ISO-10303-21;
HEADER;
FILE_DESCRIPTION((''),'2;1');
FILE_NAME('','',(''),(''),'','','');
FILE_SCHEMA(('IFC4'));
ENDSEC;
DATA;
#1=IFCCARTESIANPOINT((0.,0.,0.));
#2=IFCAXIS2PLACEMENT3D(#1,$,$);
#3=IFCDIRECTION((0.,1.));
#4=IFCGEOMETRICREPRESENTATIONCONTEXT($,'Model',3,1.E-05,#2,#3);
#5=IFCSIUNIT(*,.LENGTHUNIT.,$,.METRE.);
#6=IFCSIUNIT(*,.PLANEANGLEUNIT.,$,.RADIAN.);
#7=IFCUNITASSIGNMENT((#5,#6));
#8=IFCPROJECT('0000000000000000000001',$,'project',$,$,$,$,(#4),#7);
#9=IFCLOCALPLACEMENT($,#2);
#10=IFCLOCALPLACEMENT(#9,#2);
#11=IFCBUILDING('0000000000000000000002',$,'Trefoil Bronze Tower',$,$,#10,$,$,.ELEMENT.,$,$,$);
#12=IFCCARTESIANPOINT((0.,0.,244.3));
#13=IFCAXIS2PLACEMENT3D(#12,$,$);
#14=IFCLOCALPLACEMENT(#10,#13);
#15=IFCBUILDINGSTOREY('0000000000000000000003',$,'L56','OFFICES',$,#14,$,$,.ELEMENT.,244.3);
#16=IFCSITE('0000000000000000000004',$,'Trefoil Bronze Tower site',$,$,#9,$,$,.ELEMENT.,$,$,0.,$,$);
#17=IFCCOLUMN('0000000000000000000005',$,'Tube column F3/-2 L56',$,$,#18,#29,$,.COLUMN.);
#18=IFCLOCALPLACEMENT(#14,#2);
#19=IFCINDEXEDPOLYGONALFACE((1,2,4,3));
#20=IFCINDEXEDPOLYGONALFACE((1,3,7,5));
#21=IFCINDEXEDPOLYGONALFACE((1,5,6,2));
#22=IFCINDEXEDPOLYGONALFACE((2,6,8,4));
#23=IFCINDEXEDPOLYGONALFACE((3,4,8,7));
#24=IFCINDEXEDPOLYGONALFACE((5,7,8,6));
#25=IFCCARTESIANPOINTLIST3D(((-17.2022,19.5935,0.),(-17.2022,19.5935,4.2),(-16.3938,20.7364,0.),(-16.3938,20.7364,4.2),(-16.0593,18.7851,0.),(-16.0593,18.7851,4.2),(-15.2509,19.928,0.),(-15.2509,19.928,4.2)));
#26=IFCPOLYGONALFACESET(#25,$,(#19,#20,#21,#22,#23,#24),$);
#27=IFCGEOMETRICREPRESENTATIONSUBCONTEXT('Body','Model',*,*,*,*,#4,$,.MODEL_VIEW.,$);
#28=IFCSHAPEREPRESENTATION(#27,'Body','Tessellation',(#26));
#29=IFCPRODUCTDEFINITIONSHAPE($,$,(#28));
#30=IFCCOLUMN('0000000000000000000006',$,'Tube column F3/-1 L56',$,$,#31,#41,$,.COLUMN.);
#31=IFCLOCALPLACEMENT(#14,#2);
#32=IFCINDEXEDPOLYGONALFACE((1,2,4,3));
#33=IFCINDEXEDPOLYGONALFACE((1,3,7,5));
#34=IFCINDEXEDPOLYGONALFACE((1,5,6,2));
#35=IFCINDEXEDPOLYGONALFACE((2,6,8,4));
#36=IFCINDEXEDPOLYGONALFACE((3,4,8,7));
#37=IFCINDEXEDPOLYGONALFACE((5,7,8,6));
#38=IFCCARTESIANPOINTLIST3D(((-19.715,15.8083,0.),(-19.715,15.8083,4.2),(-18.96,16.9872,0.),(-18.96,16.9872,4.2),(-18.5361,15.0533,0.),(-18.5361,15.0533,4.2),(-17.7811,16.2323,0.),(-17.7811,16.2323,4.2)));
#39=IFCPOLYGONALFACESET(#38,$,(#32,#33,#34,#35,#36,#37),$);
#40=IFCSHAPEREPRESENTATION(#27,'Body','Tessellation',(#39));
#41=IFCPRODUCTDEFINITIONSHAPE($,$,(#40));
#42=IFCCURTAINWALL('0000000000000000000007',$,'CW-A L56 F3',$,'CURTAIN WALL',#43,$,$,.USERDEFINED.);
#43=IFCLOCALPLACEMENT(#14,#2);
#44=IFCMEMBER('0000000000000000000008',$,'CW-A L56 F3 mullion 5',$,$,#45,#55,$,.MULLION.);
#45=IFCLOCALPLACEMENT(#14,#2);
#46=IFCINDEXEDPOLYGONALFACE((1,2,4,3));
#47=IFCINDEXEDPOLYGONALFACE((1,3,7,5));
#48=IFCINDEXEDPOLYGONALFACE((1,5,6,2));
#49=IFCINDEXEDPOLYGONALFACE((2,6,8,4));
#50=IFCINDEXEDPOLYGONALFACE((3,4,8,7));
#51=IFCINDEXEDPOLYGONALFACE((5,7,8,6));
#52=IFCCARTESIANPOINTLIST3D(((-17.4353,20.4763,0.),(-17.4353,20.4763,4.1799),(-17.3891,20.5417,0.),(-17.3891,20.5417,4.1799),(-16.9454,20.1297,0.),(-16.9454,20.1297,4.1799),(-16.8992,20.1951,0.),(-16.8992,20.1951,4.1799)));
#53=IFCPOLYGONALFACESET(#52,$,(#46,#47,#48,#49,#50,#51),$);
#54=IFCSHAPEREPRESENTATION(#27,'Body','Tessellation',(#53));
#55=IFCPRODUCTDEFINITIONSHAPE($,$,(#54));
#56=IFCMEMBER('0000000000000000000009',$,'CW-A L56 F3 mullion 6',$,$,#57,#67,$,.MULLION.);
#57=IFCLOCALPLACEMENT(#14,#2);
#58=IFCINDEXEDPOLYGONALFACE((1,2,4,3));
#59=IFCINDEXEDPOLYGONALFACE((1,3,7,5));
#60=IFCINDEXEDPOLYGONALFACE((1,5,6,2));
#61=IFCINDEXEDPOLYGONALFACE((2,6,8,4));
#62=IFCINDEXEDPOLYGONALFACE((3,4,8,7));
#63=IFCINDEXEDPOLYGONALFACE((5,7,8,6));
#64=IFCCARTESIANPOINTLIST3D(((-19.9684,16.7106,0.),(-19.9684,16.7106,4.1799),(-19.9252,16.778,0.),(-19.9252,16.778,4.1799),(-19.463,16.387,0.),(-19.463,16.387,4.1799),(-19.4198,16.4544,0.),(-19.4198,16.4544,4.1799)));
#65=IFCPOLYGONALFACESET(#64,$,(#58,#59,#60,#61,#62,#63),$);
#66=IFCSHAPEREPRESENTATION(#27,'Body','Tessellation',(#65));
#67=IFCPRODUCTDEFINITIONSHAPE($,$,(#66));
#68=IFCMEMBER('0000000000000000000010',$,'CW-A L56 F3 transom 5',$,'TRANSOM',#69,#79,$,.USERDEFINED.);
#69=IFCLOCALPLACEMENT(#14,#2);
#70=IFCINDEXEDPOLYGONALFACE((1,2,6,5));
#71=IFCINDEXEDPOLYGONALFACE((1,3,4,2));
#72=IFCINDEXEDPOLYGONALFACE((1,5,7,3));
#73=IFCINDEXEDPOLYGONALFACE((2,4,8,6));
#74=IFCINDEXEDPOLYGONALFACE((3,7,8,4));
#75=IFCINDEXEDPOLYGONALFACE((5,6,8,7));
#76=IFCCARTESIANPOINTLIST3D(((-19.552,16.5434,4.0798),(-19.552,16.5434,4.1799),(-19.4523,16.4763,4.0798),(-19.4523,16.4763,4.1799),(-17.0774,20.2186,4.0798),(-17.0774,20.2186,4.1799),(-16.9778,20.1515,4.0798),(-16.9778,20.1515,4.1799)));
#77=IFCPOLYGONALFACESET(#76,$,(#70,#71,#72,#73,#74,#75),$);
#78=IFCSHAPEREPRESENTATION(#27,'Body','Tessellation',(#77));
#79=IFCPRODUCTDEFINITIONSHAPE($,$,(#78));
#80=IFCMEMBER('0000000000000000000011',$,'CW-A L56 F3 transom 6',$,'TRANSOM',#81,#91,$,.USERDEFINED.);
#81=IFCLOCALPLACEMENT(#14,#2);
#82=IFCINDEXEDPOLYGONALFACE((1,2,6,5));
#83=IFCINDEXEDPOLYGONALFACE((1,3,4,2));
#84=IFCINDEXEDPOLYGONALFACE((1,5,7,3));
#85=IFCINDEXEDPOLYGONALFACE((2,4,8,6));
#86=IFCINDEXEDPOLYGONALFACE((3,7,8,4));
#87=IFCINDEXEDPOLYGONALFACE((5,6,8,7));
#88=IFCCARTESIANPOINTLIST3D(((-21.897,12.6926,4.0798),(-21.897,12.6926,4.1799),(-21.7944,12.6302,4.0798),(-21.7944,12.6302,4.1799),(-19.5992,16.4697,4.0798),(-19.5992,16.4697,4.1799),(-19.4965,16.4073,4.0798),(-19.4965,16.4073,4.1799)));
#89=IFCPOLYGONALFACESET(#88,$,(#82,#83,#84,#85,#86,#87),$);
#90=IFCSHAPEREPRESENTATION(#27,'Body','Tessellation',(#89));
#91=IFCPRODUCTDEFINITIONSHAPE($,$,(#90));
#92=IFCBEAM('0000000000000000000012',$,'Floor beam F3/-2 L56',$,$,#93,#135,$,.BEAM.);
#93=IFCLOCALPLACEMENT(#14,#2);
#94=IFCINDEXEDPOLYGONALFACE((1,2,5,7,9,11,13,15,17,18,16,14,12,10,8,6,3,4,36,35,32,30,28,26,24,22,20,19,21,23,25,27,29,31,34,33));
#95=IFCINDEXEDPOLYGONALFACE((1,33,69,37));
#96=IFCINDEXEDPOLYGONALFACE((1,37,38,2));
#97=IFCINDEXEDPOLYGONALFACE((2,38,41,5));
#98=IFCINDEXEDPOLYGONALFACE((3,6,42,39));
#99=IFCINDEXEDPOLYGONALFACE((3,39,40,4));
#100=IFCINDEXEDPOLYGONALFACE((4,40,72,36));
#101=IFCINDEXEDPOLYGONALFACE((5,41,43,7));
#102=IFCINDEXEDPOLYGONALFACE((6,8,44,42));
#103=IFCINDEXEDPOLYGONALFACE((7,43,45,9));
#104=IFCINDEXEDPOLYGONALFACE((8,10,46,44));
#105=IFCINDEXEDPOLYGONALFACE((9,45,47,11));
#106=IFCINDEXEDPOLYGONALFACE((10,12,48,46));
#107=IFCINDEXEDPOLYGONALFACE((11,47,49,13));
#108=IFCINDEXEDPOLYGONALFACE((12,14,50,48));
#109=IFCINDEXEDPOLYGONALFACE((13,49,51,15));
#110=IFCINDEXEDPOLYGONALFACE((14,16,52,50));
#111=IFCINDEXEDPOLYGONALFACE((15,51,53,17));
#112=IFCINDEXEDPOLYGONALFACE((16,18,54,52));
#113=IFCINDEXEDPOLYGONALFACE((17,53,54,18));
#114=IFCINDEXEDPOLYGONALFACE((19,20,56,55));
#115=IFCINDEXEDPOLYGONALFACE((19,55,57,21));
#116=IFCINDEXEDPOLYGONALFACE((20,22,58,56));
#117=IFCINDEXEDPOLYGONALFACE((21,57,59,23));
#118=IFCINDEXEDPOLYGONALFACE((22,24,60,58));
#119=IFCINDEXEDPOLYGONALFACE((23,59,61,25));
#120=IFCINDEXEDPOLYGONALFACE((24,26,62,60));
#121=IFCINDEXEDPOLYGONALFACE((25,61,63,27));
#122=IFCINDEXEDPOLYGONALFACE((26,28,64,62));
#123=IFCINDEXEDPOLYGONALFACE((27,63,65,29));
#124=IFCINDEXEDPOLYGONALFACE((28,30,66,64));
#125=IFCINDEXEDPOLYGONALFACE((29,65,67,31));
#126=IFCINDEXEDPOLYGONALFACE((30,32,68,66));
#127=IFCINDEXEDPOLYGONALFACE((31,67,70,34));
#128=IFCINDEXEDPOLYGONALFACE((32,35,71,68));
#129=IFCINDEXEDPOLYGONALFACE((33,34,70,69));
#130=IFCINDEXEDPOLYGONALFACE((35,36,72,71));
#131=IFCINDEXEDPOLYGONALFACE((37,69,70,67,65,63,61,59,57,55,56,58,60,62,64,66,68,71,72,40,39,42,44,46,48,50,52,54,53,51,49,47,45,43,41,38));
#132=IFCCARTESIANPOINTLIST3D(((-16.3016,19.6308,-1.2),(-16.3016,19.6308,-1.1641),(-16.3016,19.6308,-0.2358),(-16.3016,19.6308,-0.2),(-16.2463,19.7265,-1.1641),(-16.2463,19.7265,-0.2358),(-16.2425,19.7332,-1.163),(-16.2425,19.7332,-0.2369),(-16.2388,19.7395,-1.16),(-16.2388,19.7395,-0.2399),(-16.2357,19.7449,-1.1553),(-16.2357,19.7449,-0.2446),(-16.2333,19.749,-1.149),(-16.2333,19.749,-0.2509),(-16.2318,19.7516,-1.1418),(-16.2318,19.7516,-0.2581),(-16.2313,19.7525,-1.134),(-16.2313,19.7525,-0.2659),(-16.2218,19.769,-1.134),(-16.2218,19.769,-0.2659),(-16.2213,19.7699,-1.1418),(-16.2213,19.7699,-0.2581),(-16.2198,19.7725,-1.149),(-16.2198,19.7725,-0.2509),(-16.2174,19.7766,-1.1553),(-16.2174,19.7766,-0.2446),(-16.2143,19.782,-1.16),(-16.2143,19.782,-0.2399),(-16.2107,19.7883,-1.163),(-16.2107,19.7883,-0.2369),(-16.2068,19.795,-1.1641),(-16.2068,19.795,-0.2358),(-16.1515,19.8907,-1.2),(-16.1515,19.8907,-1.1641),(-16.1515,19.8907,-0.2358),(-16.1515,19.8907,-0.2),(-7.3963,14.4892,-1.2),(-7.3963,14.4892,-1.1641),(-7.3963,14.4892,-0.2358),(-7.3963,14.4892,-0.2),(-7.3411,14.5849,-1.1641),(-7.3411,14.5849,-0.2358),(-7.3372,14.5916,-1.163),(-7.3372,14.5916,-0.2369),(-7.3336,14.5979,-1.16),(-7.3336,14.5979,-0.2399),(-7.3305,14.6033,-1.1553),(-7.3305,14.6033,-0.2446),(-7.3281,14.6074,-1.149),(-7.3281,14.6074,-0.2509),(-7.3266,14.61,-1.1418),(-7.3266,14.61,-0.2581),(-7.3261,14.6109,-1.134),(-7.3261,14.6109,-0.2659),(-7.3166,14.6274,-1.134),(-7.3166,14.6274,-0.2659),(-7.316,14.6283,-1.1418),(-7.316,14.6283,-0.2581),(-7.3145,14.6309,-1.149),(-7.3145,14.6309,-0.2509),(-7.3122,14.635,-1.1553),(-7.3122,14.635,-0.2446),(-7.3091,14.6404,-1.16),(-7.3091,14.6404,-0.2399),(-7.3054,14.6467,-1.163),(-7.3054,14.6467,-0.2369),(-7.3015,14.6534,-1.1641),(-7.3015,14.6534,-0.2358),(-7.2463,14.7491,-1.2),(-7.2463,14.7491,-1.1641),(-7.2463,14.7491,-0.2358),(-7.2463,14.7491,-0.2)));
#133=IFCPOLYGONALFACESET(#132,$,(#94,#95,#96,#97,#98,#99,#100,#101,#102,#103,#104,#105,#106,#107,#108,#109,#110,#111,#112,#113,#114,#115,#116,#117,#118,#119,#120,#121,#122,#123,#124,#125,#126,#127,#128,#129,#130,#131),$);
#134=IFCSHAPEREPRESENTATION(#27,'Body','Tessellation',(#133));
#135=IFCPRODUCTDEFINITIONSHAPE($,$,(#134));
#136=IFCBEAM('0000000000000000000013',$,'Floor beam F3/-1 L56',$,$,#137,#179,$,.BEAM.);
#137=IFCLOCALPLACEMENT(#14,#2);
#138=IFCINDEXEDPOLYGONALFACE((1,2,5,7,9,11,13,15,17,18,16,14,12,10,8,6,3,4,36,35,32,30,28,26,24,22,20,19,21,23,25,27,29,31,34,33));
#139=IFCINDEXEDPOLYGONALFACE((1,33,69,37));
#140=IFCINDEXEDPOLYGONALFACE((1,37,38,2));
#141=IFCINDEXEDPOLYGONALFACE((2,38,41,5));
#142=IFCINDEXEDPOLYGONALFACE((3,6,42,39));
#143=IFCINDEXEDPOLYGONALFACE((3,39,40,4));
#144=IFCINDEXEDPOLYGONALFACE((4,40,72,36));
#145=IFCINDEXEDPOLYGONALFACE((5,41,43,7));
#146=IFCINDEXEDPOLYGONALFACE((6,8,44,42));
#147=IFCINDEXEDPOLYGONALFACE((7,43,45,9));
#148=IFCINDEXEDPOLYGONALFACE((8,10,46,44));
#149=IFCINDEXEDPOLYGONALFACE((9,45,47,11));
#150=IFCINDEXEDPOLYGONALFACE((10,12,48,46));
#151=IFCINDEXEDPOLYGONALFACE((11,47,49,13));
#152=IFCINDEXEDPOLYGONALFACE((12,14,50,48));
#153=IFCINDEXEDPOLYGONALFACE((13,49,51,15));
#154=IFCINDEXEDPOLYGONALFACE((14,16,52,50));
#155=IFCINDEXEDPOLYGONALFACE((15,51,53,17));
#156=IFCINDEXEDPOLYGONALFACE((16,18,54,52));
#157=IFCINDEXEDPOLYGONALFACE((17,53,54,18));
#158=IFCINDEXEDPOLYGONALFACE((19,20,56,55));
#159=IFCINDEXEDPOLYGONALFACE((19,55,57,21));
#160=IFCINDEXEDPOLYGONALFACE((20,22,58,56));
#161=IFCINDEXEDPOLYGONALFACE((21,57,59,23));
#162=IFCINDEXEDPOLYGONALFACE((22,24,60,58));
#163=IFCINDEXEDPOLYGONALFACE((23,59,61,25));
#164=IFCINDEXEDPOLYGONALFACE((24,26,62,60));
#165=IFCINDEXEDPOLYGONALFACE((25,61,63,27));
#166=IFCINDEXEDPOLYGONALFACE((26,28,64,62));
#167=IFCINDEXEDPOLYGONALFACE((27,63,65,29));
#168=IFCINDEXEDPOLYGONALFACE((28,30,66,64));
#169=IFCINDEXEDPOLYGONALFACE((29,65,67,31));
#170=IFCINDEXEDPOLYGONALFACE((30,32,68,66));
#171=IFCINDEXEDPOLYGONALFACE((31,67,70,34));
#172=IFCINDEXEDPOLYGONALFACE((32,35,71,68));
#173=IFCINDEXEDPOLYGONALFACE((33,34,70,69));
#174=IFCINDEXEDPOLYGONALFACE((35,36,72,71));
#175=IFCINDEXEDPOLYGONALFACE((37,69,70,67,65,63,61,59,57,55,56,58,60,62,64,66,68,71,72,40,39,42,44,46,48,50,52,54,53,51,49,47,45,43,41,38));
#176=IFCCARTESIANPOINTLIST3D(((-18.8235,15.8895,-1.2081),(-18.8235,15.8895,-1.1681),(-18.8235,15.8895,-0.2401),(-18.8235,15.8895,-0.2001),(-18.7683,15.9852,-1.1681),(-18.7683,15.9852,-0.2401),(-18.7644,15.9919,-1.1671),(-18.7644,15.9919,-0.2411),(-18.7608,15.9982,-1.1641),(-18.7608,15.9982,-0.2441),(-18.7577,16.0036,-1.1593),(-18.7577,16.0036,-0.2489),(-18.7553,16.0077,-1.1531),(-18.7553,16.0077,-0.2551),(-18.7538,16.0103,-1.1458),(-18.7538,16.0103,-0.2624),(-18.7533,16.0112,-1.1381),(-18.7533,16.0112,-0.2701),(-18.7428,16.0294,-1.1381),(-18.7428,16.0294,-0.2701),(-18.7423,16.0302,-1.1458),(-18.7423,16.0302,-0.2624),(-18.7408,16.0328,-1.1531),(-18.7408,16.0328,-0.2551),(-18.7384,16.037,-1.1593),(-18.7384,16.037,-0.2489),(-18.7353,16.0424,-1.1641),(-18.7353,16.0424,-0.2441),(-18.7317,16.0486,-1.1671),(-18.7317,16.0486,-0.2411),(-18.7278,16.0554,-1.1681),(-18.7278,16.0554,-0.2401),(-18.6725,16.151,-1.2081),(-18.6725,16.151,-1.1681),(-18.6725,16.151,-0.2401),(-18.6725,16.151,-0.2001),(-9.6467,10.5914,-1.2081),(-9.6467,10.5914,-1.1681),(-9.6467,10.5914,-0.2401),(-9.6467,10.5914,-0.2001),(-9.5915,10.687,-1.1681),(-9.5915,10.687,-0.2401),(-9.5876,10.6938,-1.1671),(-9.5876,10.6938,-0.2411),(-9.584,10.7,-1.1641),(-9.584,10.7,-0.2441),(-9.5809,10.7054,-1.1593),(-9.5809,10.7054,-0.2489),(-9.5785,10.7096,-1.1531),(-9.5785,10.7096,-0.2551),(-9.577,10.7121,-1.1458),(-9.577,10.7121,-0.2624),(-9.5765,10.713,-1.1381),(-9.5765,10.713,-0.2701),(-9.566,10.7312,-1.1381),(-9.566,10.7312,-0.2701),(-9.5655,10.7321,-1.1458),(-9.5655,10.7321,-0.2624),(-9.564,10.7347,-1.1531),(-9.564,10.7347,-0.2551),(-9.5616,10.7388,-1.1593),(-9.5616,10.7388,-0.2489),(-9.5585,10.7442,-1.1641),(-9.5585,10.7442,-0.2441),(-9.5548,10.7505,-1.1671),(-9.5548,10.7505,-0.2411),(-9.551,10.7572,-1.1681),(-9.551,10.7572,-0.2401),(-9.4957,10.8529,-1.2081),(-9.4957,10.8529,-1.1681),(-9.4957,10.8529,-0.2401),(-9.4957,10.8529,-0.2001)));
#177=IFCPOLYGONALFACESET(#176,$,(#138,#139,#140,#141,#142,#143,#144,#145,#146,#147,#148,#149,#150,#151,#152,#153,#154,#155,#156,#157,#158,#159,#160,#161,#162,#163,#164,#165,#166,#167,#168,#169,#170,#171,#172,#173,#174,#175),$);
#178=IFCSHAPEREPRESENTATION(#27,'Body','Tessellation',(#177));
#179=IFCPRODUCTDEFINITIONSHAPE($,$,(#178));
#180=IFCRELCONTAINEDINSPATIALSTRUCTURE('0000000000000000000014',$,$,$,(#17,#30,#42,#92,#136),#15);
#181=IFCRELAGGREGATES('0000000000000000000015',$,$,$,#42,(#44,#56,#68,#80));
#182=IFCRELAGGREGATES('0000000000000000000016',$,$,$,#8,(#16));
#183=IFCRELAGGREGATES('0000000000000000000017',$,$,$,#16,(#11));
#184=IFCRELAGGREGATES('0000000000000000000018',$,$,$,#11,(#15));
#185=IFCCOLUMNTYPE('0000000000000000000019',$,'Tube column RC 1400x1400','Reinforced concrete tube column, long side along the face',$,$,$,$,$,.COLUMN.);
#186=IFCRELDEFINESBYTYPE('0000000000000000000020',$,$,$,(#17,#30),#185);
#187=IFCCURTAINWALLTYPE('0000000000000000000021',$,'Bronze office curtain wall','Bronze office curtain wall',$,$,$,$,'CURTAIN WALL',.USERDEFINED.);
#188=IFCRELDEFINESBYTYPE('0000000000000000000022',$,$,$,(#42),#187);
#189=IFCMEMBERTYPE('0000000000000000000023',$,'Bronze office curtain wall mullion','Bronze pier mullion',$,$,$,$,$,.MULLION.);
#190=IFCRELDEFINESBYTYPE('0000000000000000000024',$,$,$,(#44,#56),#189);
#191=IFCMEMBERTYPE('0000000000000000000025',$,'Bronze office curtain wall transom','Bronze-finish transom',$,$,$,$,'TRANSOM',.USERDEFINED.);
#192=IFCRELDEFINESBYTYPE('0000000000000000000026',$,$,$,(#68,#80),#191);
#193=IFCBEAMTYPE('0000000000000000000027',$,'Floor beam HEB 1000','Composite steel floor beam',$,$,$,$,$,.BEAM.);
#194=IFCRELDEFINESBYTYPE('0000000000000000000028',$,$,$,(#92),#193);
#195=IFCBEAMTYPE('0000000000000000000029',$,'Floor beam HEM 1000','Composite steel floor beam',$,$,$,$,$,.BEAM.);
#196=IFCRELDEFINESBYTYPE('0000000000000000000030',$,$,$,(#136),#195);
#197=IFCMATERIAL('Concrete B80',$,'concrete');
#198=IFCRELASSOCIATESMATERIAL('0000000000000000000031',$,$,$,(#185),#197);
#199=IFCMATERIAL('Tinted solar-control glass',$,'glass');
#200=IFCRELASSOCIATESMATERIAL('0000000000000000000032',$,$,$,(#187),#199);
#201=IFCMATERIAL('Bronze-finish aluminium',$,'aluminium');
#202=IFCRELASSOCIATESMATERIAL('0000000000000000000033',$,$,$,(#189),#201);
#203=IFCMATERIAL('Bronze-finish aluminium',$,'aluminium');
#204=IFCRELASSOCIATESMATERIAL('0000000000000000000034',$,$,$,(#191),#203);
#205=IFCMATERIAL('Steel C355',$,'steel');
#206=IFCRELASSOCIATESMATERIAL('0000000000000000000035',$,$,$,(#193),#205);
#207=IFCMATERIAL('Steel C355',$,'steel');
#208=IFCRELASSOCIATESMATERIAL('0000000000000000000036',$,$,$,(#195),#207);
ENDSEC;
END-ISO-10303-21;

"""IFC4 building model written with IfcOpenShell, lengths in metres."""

from ifc_helpers import new_model, si_unit, direction, frame, origin, origin_2d, place, context, subcontext, project, spatial, rectangle, i_section, extrude, material, material_profile, profile_set, type_object, element, aggregate, save


model = new_model("IFC4")

# Units and contexts
model_context = context("Model", 3, precision=1e-05, world=origin(), true_north=direction((0.0, 1.0)))
body_context = subcontext(model_context, "Body", "Model", "MODEL_VIEW")
ifc_project = project(units=[si_unit("LENGTHUNIT", "METRE"), si_unit("PLANEANGLEUNIT", "RADIAN")], contexts=[model_context])

# Site, building, storey
site_placement = place(None, origin())
site = spatial("IfcSite", under=ifc_project, at=site_placement, Name="Trefoil Bronze Tower site", CompositionType="ELEMENT", RefElevation=0.0)
building_placement = place(site_placement, origin())
building = spatial("IfcBuilding", under=site, at=building_placement, Name="Trefoil Bronze Tower", CompositionType="ELEMENT")
storey_placement = place(building_placement, frame((0.0, 0.0, 244.3)))
storey = spatial("IfcBuildingStorey", under=building, at=storey_placement, Name="L56", Description="OFFICES", CompositionType="ELEMENT", Elevation=244.3)

# Columns
ifc_material_1 = material(Name="Concrete B80", Category="concrete")
ifc_material_profile_1 = material_profile(ifc_material_1, rectangle(XDim=1.3999, YDim=1.3999, at=origin_2d()), Name="RC 1400x1400")
ifc_profile_set_1 = profile_set([ifc_material_profile_1], Name="Concrete B80")
column_type = type_object("IfcColumnType", Name="Tube column RC 1400x1400", Description="Reinforced concrete tube column, long side along the face", PredefinedType="COLUMN", material=ifc_profile_set_1)
for number, where, z_axis, x_axis, name in (
    (1, (-16.2266, 19.7607, 0.0), (0.0, 0.0, 1.0), (-0.577481, -0.816404, 0.0), "Tube column F3/-2 L56"),
    (2, (-18.748, 16.0203, 0.0), (0.0, 0.0, 1.0), (-0.53927, -0.842133, 0.0), "Tube column F3/-1 L56"),
):
    element("IfcColumn", number, at=place(storey_placement, frame(where, z_axis=z_axis, x_axis=x_axis)), inside=storey, type_object=column_type, Name=name, PredefinedType="COLUMN", context=body_context, shape_type="SweptSolid", body=[
        extrude(rectangle(XDim=1.3999, YDim=1.3999, at=origin_2d()), origin(), (0.0, 0.0, 1.0), 4.2),
    ])

# Curtain wall, members
ifc_material_2 = material(Name="Tinted solar-control glass", Category="glass")
curtain_wall_type = type_object("IfcCurtainWallType", Name="Bronze office curtain wall", Description="Bronze office curtain wall", ElementType="CURTAIN WALL", PredefinedType="USERDEFINED", material=ifc_material_2)
curtain_wall_placement = place(storey_placement, origin())
curtain_wall = element("IfcCurtainWall", 3, at=curtain_wall_placement, inside=storey, type_object=curtain_wall_type, Name="CW-A L56 F3", ObjectType="CURTAIN WALL", PredefinedType="USERDEFINED")
ifc_material_3 = material(Name="Bronze-finish aluminium", Category="aluminium")
ifc_material_profile_2 = material_profile(ifc_material_3, rectangle(XDim=0.6001, YDim=0.0801, at=origin_2d()), Name="CW-A mullion")
ifc_profile_set_2 = profile_set([ifc_material_profile_2], Name="Bronze-finish aluminium")
member_type_1 = type_object("IfcMemberType", Name="Bronze office curtain wall mullion", Description="Bronze pier mullion", PredefinedType="MULLION", material=ifc_profile_set_2)
member_1_placement = place(storey_placement, frame((-17.1672, 20.3357, 0.0), z_axis=(0.0, 0.0, 1.0), x_axis=(0.816404, -0.577481, 0.0)))
member_1 = element("IfcMember", 4, at=member_1_placement, type_object=member_type_1, Name="CW-A L56 F3 mullion 5", PredefinedType="MULLION", context=body_context, shape_type="SweptSolid", body=[
    extrude(rectangle(XDim=0.6001, YDim=0.0801, at=origin_2d()), origin(), (0.0, 0.0, 1.0), 4.1799),
])
member_2_placement = place(storey_placement, frame((-19.6941, 16.5825, 0.0), z_axis=(0.0, 0.0, 1.0), x_axis=(0.842133, -0.53927, 0.0)))
member_2 = element("IfcMember", 5, at=member_2_placement, type_object=member_type_1, Name="CW-A L56 F3 mullion 6", PredefinedType="MULLION", context=body_context, shape_type="SweptSolid", body=[
    extrude(rectangle(XDim=0.6001, YDim=0.0801, at=origin_2d()), origin(), (0.0, 0.0, 1.0), 4.1799),
])
ifc_material_4 = material(Name="Bronze-finish aluminium", Category="aluminium")
ifc_material_profile_3 = material_profile(ifc_material_4, rectangle(XDim=0.1201, YDim=0.1001, at=origin_2d()), Name="CW-A transom")
ifc_profile_set_3 = profile_set([ifc_material_profile_3], Name="Bronze-finish aluminium")
member_type_2 = type_object("IfcMemberType", Name="Bronze office curtain wall transom", Description="Bronze-finish transom", ElementType="TRANSOM", PredefinedType="USERDEFINED", material=ifc_profile_set_3)
member_3_placement = place(storey_placement, frame((-17.0276, 20.1851, 4.1299), z_axis=(-0.558509, -0.829498, 0.0), x_axis=(0.829498, -0.558509, 0.0)))
member_3 = element("IfcMember", 6, at=member_3_placement, type_object=member_type_2, Name="CW-A L56 F3 transom 5", ObjectType="TRANSOM", PredefinedType="USERDEFINED", context=body_context, shape_type="SweptSolid", body=[
    extrude(rectangle(XDim=0.1201, YDim=0.1001, at=origin_2d()), origin(), (0.0, 0.0, 1.0), 4.4307),
])
member_4_placement = place(storey_placement, frame((-19.5479, 16.4385, 4.1299), z_axis=(-0.51974, -0.854324, 0.0), x_axis=(0.854324, -0.51974, 0.0)))
member_4 = element("IfcMember", 7, at=member_4_placement, type_object=member_type_2, Name="CW-A L56 F3 transom 6", ObjectType="TRANSOM", PredefinedType="USERDEFINED", context=body_context, shape_type="SweptSolid", body=[
    extrude(rectangle(XDim=0.1201, YDim=0.1001, at=origin_2d()), origin(), (0.0, 0.0, 1.0), 4.4211),
])

# Beams
ifc_material_5 = material(Name="Steel C355", Category="steel")
ifc_material_profile_4 = material_profile(ifc_material_5, i_section(OverallWidth=0.3, OverallDepth=1.0, WebThickness=0.019, FlangeThickness=0.0359, FilletRadius=0.03, at=origin_2d()), Name="HEB 1000")
ifc_profile_set_4 = profile_set([ifc_material_profile_4], Name="Steel C355")
beam_type_1 = type_object("IfcBeamType", Name="Floor beam HEB 1000", Description="Composite steel floor beam", PredefinedType="BEAM", material=ifc_profile_set_4)
beam_1_placement = place(storey_placement, frame((-16.2266, 19.7607, -0.7), z_axis=(0.86602, -0.50001, 0.0), x_axis=(0.50001, 0.86602, 0.0)))
element("IfcBeam", 8, at=beam_1_placement, inside=storey, type_object=beam_type_1, Name="Floor beam F3/-2 L56", PredefinedType="BEAM", context=body_context, shape_type="SweptSolid", body=[
    extrude(i_section(OverallWidth=0.3, OverallDepth=1.0, WebThickness=0.019, FlangeThickness=0.0359, FilletRadius=0.03, at=origin_2d()), origin(), (0.0, 0.0, 1.0), 10.283),
])
ifc_material_6 = material(Name="Steel C355", Category="steel")
ifc_material_profile_5 = material_profile(ifc_material_6, i_section(OverallWidth=0.302, OverallDepth=1.0081, WebThickness=0.021, FlangeThickness=0.04, FilletRadius=0.03, at=origin_2d()), Name="HEM 1000")
ifc_profile_set_5 = profile_set([ifc_material_profile_5], Name="Steel C355")
beam_type_2 = type_object("IfcBeamType", Name="Floor beam HEM 1000", Description="Composite steel floor beam", PredefinedType="BEAM", material=ifc_profile_set_5)
beam_2_placement = place(storey_placement, frame((-18.748, 16.0203, -0.7041), z_axis=(0.86603, -0.499992, 0.0), x_axis=(0.499992, 0.86603, 0.0)))
element("IfcBeam", 9, at=beam_2_placement, inside=storey, type_object=beam_type_2, Name="Floor beam F3/-1 L56", PredefinedType="BEAM", context=body_context, shape_type="SweptSolid", body=[
    extrude(i_section(OverallWidth=0.302, OverallDepth=1.0081, WebThickness=0.021, FlangeThickness=0.04, FilletRadius=0.03, at=origin_2d()), origin(), (0.0, 0.0, 1.0), 10.5964),
])

aggregate(curtain_wall, [member_1, member_2, member_3, member_4])

save(model, "model.ifc")
